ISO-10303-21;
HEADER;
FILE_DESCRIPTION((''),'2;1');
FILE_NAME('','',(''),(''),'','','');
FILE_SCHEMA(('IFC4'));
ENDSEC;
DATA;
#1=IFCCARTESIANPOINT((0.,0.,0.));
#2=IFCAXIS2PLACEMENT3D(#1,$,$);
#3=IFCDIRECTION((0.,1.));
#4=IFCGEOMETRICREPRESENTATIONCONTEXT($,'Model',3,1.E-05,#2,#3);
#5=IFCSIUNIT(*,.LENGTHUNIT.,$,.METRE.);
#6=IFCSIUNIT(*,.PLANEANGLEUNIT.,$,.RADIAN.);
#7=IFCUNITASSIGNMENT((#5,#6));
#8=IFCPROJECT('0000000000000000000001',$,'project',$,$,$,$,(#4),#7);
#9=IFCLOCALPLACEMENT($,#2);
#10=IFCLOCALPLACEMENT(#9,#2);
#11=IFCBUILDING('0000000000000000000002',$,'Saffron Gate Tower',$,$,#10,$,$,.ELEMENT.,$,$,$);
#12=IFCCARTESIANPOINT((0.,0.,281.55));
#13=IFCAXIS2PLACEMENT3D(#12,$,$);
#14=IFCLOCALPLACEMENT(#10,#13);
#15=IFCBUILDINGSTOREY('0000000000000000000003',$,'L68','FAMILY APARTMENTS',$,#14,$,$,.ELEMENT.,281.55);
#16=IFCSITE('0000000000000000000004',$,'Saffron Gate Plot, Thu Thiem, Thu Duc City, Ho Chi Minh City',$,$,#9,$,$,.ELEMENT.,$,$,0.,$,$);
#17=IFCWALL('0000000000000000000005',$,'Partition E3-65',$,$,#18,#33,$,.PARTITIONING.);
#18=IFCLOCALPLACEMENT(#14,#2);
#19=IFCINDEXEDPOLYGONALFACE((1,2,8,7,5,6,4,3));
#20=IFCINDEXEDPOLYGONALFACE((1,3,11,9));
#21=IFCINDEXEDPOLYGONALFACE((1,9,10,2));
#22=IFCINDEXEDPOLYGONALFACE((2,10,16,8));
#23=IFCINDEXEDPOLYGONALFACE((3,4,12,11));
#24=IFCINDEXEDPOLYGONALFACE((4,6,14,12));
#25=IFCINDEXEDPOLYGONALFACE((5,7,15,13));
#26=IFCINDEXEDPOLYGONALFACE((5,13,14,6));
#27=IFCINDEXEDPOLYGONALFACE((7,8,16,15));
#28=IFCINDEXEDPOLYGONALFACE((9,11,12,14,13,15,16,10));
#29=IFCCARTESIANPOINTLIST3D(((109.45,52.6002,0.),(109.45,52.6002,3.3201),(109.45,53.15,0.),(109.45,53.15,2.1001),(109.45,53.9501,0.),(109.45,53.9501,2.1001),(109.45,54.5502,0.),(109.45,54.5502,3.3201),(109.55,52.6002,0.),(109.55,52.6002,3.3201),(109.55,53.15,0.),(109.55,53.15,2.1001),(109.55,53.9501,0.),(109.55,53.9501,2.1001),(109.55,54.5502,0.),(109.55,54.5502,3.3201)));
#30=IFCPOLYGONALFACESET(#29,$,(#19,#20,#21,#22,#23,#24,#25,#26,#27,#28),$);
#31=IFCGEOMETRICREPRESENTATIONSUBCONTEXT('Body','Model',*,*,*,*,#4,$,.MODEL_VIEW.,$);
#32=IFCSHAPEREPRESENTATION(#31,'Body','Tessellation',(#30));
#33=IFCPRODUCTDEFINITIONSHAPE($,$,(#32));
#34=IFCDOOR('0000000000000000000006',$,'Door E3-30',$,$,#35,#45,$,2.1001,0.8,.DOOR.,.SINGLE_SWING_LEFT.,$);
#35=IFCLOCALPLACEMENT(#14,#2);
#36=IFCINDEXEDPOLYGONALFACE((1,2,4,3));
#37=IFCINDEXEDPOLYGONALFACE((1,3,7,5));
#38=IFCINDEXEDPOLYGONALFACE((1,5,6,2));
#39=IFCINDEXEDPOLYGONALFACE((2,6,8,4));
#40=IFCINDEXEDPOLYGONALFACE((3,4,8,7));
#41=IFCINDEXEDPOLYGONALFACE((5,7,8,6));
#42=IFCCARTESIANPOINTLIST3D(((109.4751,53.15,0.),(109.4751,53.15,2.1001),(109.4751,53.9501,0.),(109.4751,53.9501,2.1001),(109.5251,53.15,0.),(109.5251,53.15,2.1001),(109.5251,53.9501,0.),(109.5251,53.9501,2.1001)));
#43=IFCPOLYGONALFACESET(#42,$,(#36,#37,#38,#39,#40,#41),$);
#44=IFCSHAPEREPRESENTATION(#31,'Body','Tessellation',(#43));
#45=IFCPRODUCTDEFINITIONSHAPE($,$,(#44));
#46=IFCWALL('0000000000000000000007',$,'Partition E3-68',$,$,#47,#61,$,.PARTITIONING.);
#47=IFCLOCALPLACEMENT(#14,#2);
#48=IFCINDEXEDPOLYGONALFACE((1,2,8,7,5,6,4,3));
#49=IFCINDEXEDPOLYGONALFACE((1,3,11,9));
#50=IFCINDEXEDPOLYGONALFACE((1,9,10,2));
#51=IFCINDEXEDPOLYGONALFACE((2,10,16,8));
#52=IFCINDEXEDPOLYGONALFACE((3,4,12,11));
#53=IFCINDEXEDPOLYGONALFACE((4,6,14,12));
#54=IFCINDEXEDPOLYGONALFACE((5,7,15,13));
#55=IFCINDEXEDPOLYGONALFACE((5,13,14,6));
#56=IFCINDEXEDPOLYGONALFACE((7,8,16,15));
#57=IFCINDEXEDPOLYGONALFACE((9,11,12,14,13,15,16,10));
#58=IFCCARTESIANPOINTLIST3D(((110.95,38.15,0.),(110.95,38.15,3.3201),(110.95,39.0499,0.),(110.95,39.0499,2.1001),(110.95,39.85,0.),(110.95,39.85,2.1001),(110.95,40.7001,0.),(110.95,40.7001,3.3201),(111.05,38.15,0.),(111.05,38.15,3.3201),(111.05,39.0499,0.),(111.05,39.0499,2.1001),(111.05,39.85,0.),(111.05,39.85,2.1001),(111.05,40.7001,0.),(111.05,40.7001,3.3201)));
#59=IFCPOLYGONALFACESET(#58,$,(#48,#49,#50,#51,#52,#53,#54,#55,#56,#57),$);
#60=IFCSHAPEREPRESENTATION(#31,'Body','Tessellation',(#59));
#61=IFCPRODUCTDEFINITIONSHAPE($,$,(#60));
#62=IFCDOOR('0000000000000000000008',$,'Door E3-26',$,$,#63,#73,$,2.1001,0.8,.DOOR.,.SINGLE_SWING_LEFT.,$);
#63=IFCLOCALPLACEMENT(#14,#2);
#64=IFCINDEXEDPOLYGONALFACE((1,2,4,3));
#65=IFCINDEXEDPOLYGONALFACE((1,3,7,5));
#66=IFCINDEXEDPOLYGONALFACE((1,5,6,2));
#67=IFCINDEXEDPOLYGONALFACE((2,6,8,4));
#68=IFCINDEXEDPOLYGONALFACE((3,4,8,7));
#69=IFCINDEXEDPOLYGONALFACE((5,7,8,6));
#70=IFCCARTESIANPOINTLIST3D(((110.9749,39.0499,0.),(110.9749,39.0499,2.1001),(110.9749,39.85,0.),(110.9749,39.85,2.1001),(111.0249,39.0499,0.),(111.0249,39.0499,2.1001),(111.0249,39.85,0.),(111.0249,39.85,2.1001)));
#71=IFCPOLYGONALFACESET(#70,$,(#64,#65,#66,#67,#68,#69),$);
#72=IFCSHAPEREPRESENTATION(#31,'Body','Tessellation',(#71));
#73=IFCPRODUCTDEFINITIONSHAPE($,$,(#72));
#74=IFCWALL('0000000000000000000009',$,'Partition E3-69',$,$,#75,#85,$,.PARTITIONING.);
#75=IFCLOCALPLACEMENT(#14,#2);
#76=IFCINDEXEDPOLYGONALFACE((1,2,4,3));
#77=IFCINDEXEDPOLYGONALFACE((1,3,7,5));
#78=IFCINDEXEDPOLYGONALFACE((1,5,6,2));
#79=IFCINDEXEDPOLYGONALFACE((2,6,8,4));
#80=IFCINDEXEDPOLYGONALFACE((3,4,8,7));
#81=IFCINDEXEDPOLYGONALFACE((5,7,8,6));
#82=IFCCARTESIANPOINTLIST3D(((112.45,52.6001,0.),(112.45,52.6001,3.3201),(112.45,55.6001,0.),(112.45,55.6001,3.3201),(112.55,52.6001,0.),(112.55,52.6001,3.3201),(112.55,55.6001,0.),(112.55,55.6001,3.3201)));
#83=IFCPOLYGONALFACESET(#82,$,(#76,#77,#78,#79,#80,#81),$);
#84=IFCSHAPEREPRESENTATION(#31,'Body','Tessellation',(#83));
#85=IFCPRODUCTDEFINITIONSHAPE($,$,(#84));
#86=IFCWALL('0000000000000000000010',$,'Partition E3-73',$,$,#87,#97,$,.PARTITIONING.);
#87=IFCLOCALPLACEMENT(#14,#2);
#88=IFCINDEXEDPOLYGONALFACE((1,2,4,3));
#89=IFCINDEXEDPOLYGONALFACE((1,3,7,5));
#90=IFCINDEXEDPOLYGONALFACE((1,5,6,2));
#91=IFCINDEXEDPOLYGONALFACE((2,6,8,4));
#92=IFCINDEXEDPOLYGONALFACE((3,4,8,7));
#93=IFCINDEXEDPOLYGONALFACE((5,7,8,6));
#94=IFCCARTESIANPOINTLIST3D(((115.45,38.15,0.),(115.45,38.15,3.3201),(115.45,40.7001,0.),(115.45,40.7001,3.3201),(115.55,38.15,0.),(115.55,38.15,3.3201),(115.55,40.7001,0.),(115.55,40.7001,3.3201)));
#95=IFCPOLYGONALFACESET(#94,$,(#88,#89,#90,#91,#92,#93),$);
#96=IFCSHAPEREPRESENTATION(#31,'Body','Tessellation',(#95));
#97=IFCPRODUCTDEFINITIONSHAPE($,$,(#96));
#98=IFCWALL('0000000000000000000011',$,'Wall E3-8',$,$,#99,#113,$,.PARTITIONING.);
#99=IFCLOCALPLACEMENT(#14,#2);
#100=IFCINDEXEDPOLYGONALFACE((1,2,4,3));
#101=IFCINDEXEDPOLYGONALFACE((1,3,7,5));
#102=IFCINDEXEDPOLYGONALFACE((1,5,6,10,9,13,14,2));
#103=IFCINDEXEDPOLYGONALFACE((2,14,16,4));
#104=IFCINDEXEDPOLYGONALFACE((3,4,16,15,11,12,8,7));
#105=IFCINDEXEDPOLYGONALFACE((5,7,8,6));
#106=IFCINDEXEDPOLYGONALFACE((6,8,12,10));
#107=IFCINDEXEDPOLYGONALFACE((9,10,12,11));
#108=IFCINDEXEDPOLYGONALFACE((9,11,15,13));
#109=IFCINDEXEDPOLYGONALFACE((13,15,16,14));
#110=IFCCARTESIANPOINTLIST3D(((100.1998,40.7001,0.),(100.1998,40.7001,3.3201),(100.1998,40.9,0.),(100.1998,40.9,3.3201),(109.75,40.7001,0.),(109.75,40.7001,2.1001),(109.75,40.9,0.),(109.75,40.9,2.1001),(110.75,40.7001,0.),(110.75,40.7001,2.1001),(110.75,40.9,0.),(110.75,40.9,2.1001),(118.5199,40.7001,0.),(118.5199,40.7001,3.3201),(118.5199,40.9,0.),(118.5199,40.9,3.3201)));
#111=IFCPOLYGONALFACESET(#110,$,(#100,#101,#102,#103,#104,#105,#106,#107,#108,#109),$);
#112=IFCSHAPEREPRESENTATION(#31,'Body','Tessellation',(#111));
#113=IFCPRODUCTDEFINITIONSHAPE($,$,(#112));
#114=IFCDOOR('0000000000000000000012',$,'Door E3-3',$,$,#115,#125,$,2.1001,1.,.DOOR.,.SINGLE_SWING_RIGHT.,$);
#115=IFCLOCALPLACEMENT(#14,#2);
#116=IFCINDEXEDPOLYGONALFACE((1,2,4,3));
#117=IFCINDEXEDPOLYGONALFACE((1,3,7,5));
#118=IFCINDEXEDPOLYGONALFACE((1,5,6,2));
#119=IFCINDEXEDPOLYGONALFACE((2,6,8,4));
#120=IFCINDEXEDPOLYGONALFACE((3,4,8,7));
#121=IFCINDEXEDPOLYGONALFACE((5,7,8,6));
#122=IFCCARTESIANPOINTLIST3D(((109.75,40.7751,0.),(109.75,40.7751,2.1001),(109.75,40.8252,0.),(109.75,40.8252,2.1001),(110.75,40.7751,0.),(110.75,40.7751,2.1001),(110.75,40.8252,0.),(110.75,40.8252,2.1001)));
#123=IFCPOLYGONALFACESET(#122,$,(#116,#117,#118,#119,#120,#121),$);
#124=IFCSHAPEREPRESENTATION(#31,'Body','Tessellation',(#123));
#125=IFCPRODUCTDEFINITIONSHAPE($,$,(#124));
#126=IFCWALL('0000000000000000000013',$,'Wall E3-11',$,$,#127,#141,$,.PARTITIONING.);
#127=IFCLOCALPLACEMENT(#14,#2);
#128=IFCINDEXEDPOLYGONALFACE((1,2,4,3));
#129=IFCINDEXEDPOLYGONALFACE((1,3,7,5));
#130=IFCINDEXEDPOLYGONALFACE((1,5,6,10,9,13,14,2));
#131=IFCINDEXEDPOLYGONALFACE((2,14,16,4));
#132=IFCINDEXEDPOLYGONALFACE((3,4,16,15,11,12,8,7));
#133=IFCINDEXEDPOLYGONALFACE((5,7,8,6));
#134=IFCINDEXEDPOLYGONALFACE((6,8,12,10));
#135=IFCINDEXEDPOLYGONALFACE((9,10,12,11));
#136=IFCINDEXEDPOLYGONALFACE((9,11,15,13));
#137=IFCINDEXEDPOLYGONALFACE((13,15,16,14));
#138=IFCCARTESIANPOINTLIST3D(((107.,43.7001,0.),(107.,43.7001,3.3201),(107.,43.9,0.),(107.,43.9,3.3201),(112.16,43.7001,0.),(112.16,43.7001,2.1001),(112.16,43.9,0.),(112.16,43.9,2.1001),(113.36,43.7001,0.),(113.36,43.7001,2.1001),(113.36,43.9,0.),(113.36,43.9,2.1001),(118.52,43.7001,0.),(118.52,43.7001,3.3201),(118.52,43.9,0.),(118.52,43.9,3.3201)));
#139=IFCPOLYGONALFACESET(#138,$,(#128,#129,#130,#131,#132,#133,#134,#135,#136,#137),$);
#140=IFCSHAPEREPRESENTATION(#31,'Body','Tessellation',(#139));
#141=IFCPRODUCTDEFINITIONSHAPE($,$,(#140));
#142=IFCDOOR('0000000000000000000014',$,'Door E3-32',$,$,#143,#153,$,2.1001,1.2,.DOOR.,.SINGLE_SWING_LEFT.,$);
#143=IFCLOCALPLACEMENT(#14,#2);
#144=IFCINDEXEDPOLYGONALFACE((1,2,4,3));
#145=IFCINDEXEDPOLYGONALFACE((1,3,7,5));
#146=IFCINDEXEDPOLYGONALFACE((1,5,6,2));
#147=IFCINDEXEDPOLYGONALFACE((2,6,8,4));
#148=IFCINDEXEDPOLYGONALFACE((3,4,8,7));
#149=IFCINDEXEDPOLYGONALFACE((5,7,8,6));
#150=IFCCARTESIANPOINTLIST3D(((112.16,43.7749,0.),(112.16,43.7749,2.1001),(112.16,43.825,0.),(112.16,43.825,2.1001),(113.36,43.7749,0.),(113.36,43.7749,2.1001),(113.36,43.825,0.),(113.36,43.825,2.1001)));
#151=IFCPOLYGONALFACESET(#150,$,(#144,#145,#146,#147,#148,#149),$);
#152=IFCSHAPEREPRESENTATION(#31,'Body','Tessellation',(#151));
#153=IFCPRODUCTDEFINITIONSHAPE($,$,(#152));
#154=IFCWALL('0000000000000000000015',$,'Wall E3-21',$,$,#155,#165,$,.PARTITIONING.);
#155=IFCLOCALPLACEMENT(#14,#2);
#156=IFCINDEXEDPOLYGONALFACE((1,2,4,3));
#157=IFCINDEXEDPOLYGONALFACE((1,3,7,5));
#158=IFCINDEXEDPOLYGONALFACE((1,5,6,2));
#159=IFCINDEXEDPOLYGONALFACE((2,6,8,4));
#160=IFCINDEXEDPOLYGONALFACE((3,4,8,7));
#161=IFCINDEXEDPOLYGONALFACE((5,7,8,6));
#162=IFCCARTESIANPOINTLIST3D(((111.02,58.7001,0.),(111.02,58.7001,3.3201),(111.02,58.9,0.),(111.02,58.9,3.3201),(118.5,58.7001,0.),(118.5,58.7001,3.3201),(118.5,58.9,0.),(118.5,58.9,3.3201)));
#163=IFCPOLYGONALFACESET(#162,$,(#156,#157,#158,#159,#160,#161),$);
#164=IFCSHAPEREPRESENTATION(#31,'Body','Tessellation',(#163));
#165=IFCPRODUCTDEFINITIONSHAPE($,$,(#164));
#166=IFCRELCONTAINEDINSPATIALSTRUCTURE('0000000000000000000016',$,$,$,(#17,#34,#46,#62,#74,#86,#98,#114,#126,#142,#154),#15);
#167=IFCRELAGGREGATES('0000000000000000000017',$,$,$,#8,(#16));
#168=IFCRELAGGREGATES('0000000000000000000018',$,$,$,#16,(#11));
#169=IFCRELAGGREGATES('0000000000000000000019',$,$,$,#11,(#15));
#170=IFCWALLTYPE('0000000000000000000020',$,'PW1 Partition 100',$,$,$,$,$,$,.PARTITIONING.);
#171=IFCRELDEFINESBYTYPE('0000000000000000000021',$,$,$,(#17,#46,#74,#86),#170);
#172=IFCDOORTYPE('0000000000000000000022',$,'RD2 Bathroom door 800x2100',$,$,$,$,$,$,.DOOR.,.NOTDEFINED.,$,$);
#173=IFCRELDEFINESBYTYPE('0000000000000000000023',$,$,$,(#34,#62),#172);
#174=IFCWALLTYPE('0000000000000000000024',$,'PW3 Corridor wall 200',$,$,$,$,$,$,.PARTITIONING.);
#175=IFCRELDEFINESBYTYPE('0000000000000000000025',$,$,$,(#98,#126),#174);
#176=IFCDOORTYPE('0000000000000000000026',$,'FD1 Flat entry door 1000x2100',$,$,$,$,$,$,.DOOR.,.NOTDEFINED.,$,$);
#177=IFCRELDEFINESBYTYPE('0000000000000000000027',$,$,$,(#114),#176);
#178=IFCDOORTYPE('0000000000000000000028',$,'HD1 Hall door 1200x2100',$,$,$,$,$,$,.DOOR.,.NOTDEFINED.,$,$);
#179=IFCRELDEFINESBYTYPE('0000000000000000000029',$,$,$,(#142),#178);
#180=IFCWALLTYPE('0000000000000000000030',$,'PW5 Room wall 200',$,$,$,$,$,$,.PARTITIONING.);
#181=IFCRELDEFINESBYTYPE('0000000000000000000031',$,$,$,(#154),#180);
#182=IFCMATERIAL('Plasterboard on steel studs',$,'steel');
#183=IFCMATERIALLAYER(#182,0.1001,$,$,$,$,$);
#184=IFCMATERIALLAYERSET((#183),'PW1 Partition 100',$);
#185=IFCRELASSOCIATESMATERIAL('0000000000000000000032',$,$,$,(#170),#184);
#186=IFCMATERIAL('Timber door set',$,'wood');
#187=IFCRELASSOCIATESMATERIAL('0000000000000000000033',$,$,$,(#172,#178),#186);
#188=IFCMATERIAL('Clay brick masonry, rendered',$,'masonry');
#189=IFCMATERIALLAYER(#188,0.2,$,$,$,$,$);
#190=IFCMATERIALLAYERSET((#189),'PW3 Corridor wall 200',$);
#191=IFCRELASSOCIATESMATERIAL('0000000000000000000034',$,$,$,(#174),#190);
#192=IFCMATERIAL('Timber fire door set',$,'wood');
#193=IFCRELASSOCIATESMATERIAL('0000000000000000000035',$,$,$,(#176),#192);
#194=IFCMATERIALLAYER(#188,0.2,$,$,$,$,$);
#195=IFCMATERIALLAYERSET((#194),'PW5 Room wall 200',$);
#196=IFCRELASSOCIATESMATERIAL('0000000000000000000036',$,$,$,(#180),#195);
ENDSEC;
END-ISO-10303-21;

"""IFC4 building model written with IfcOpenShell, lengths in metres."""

from ifc_helpers import new_model, si_unit, direction, frame, frame_2d, origin, place, context, subcontext, project, spatial, rectangle, extrude, material, layer, layer_set, type_object, element, fill, save


model = new_model("IFC4")

# Units and contexts
model_context = context("Model", 3, precision=1e-05, world=origin(), true_north=direction((0.0, 1.0)))
body_context = subcontext(model_context, "Body", "Model", "MODEL_VIEW")
ifc_project = project(units=[si_unit("LENGTHUNIT", "METRE"), si_unit("PLANEANGLEUNIT", "RADIAN")], contexts=[model_context])

# Site, building, storey
site_placement = place(None, origin())
site = spatial("IfcSite", under=ifc_project, at=site_placement, Name="Saffron Gate Plot, Thu Thiem, Thu Duc City, Ho Chi Minh City", CompositionType="ELEMENT", RefElevation=0.0)
building_placement = place(site_placement, origin())
building = spatial("IfcBuilding", under=site, at=building_placement, Name="Saffron Gate Tower", CompositionType="ELEMENT")
storey_placement = place(building_placement, frame((0.0, 0.0, 281.55)))
storey = spatial("IfcBuildingStorey", under=building, at=storey_placement, Name="L68", Description="FAMILY APARTMENTS", CompositionType="ELEMENT", Elevation=281.55)

# Shared definitions
ifc_material_1 = material(Name="Plasterboard on steel studs", Category="steel")
ifc_layer_1 = layer(ifc_material_1, 0.1001)
ifc_layer_set_1 = layer_set([ifc_layer_1], Name="PW1 Partition 100")
wall_type_1 = type_object("IfcWallType", Name="PW1 Partition 100", PredefinedType="PARTITIONING", material=ifc_layer_set_1)
ifc_material_2 = material(Name="Timber door set", Category="wood")

# Walls, openings, doors
wall_1_placement = place(storey_placement, frame((109.5, 52.6001, 0.0), z_axis=(0.0, 0.0, 1.0), x_axis=(0.0, 1.0, 0.0)))
wall_1 = element("IfcWall", 1, at=wall_1_placement, inside=storey, type_object=wall_type_1, Name="Partition E3-65", PredefinedType="PARTITIONING", context=body_context, shape_type="SweptSolid", body=[
    extrude(rectangle(XDim=1.95, YDim=0.1001, at=frame_2d((0.9751, 0.0))), origin(), (0.0, 0.0, 1.0), 3.3201),
])
opening_1_placement = place(wall_1_placement, frame((0.55, 0.0, 0.0)))
opening_1 = element("IfcOpeningElement", 2, at=opening_1_placement, cuts=wall_1, PredefinedType="OPENING", context=body_context, shape_type="SweptSolid", body=[
    extrude(rectangle(XDim=0.8, YDim=2.1001, at=frame_2d((0.3999, 1.05))), frame((0.0, 0.0601, 0.0), z_axis=(0.0, -1.0, 0.0), x_axis=(1.0, 0.0, 0.0)), (0.0, 0.0, 1.0), 0.1201),
])
door_type_1 = type_object("IfcDoorType", Name="RD2 Bathroom door 800x2100", OperationType="NOTDEFINED", PredefinedType="DOOR", material=ifc_material_2)
door_1_placement = place(opening_1_placement, origin())
door_1 = element("IfcDoor", 3, at=door_1_placement, inside=storey, type_object=door_type_1, Name="Door E3-30", OperationType="SINGLE_SWING_LEFT", OverallHeight=2.1001, OverallWidth=0.8, PredefinedType="DOOR", context=body_context, shape_type="SweptSolid", body=[
    extrude(rectangle(XDim=0.8, YDim=2.1001, at=frame_2d((0.3999, 1.05))), frame((0.0, 0.0249, 0.0), z_axis=(0.0, -1.0, 0.0), x_axis=(1.0, 0.0, 0.0)), (0.0, 0.0, 1.0), 0.05),
])
fill(opening_1, door_1)
wall_2_placement = place(storey_placement, frame((111.0, 40.7, 0.0), z_axis=(0.0, 0.0, 1.0), x_axis=(0.0, -1.0, 0.0)))
wall_2 = element("IfcWall", 4, at=wall_2_placement, inside=storey, type_object=wall_type_1, Name="Partition E3-68", PredefinedType="PARTITIONING", context=body_context, shape_type="SweptSolid", body=[
    extrude(rectangle(XDim=2.55, YDim=0.1001, at=frame_2d((1.2749, 0.0))), origin(), (0.0, 0.0, 1.0), 3.3201),
])
opening_2_placement = place(wall_2_placement, frame((0.8501, 0.0, 0.0)))
opening_2 = element("IfcOpeningElement", 5, at=opening_2_placement, cuts=wall_2, PredefinedType="OPENING", context=body_context, shape_type="SweptSolid", body=[
    extrude(rectangle(XDim=0.8, YDim=2.1001, at=frame_2d((0.3999, 1.05))), frame((0.0, 0.0601, 0.0), z_axis=(0.0, -1.0, 0.0), x_axis=(1.0, 0.0, 0.0)), (0.0, 0.0, 1.0), 0.1201),
])
door_2_placement = place(opening_2_placement, origin())
door_2 = element("IfcDoor", 6, at=door_2_placement, inside=storey, type_object=door_type_1, Name="Door E3-26", OperationType="SINGLE_SWING_LEFT", OverallHeight=2.1001, OverallWidth=0.8, PredefinedType="DOOR", context=body_context, shape_type="SweptSolid", body=[
    extrude(rectangle(XDim=0.8, YDim=2.1001, at=frame_2d((0.3999, 1.05))), frame((0.0, 0.0249, 0.0), z_axis=(0.0, -1.0, 0.0), x_axis=(1.0, 0.0, 0.0)), (0.0, 0.0, 1.0), 0.05),
])
fill(opening_2, door_2)

# Walls
wall_3_placement = place(storey_placement, frame((112.5, 55.6001, 0.0), z_axis=(0.0, 0.0, 1.0), x_axis=(0.0, -1.0, 0.0)))
element("IfcWall", 7, at=wall_3_placement, inside=storey, type_object=wall_type_1, Name="Partition E3-69", PredefinedType="PARTITIONING", context=body_context, shape_type="SweptSolid", body=[
    extrude(rectangle(XDim=3.0, YDim=0.1001, at=frame_2d((1.5, 0.0))), origin(), (0.0, 0.0, 1.0), 3.3201),
])
wall_4_placement = place(storey_placement, frame((115.5, 40.7, 0.0), z_axis=(0.0, 0.0, 1.0), x_axis=(0.0, -1.0, 0.0)))
element("IfcWall", 8, at=wall_4_placement, inside=storey, type_object=wall_type_1, Name="Partition E3-73", PredefinedType="PARTITIONING", context=body_context, shape_type="SweptSolid", body=[
    extrude(rectangle(XDim=2.55, YDim=0.1001, at=frame_2d((1.2749, 0.0))), origin(), (0.0, 0.0, 1.0), 3.3201),
])

# Walls, openings, doors
ifc_material_3 = material(Name="Clay brick masonry, rendered", Category="masonry")
ifc_layer_2 = layer(ifc_material_3, 0.2)
ifc_layer_set_2 = layer_set([ifc_layer_2], Name="PW3 Corridor wall 200")
wall_type_2 = type_object("IfcWallType", Name="PW3 Corridor wall 200", PredefinedType="PARTITIONING", material=ifc_layer_set_2)
wall_5_placement = place(storey_placement, frame((118.52, 40.8, 0.0), z_axis=(0.0, 0.0, 1.0), x_axis=(-1.0, 0.0, 0.0)))
wall_5 = element("IfcWall", 9, at=wall_5_placement, inside=storey, type_object=wall_type_2, Name="Wall E3-8", PredefinedType="PARTITIONING", context=body_context, shape_type="SweptSolid", body=[
    extrude(rectangle(XDim=18.3201, YDim=0.2, at=frame_2d((9.1602, 0.0))), origin(), (0.0, 0.0, 1.0), 3.3201),
])
opening_3_placement = place(wall_5_placement, frame((7.77, 0.0, 0.0)))
opening_3 = element("IfcOpeningElement", 10, at=opening_3_placement, cuts=wall_5, PredefinedType="OPENING", context=body_context, shape_type="SweptSolid", body=[
    extrude(rectangle(XDim=1.0, YDim=2.1001, at=frame_2d((0.5, 1.05))), frame((0.0, 0.1099, 0.0), z_axis=(0.0, -1.0, 0.0), x_axis=(1.0, 0.0, 0.0)), (0.0, 0.0, 1.0), 0.22),
])
ifc_material_4 = material(Name="Timber fire door set", Category="wood")
door_type_2 = type_object("IfcDoorType", Name="FD1 Flat entry door 1000x2100", OperationType="NOTDEFINED", PredefinedType="DOOR", material=ifc_material_4)
door_3_placement = place(opening_3_placement, origin())
door_3 = element("IfcDoor", 11, at=door_3_placement, inside=storey, type_object=door_type_2, Name="Door E3-3", OperationType="SINGLE_SWING_RIGHT", OverallHeight=2.1001, OverallWidth=1.0, PredefinedType="DOOR", context=body_context, shape_type="SweptSolid", body=[
    extrude(rectangle(XDim=1.0, YDim=2.1001, at=frame_2d((0.5, 1.05))), frame((0.0, 0.0249, 0.0), z_axis=(0.0, -1.0, 0.0), x_axis=(1.0, 0.0, 0.0)), (0.0, 0.0, 1.0), 0.05),
])
fill(opening_3, door_3)
wall_6_placement = place(storey_placement, frame((107.0, 43.8, 0.0), z_axis=(0.0, 0.0, 1.0), x_axis=(1.0, 0.0, 0.0)))
wall_6 = element("IfcWall", 12, at=wall_6_placement, inside=storey, type_object=wall_type_2, Name="Wall E3-11", PredefinedType="PARTITIONING", context=body_context, shape_type="SweptSolid", body=[
    extrude(rectangle(XDim=11.52, YDim=0.2, at=frame_2d((5.76, 0.0))), origin(), (0.0, 0.0, 1.0), 3.3201),
])
opening_4_placement = place(wall_6_placement, frame((5.1599, 0.0, 0.0)))
opening_4 = element("IfcOpeningElement", 13, at=opening_4_placement, cuts=wall_6, PredefinedType="OPENING", context=body_context, shape_type="SweptSolid", body=[
    extrude(rectangle(XDim=1.2, YDim=2.1001, at=frame_2d((0.6001, 1.05))), frame((0.0, 0.1099, 0.0), z_axis=(0.0, -1.0, 0.0), x_axis=(1.0, 0.0, 0.0)), (0.0, 0.0, 1.0), 0.22),
])
door_type_3 = type_object("IfcDoorType", Name="HD1 Hall door 1200x2100", OperationType="NOTDEFINED", PredefinedType="DOOR", material=ifc_material_2)
door_4_placement = place(opening_4_placement, origin())
door_4 = element("IfcDoor", 14, at=door_4_placement, inside=storey, type_object=door_type_3, Name="Door E3-32", OperationType="SINGLE_SWING_LEFT", OverallHeight=2.1001, OverallWidth=1.2, PredefinedType="DOOR", context=body_context, shape_type="SweptSolid", body=[
    extrude(rectangle(XDim=1.2, YDim=2.1001, at=frame_2d((0.6001, 1.05))), frame((0.0, 0.0249, 0.0), z_axis=(0.0, -1.0, 0.0), x_axis=(1.0, 0.0, 0.0)), (0.0, 0.0, 1.0), 0.05),
])
fill(opening_4, door_4)

# Wall
ifc_layer_3 = layer(ifc_material_3, 0.2)
ifc_layer_set_3 = layer_set([ifc_layer_3], Name="PW5 Room wall 200")
wall_type_3 = type_object("IfcWallType", Name="PW5 Room wall 200", PredefinedType="PARTITIONING", material=ifc_layer_set_3)
wall_7_placement = place(storey_placement, frame((111.02, 58.8, 0.0), z_axis=(0.0, 0.0, 1.0), x_axis=(1.0, 0.0, 0.0)))
element("IfcWall", 15, at=wall_7_placement, inside=storey, type_object=wall_type_3, Name="Wall E3-21", PredefinedType="PARTITIONING", context=body_context, shape_type="SweptSolid", body=[
    extrude(rectangle(XDim=7.48, YDim=0.2, at=frame_2d((3.74, 0.0))), origin(), (0.0, 0.0, 1.0), 3.3201),
])

save(model, "model.ifc")
